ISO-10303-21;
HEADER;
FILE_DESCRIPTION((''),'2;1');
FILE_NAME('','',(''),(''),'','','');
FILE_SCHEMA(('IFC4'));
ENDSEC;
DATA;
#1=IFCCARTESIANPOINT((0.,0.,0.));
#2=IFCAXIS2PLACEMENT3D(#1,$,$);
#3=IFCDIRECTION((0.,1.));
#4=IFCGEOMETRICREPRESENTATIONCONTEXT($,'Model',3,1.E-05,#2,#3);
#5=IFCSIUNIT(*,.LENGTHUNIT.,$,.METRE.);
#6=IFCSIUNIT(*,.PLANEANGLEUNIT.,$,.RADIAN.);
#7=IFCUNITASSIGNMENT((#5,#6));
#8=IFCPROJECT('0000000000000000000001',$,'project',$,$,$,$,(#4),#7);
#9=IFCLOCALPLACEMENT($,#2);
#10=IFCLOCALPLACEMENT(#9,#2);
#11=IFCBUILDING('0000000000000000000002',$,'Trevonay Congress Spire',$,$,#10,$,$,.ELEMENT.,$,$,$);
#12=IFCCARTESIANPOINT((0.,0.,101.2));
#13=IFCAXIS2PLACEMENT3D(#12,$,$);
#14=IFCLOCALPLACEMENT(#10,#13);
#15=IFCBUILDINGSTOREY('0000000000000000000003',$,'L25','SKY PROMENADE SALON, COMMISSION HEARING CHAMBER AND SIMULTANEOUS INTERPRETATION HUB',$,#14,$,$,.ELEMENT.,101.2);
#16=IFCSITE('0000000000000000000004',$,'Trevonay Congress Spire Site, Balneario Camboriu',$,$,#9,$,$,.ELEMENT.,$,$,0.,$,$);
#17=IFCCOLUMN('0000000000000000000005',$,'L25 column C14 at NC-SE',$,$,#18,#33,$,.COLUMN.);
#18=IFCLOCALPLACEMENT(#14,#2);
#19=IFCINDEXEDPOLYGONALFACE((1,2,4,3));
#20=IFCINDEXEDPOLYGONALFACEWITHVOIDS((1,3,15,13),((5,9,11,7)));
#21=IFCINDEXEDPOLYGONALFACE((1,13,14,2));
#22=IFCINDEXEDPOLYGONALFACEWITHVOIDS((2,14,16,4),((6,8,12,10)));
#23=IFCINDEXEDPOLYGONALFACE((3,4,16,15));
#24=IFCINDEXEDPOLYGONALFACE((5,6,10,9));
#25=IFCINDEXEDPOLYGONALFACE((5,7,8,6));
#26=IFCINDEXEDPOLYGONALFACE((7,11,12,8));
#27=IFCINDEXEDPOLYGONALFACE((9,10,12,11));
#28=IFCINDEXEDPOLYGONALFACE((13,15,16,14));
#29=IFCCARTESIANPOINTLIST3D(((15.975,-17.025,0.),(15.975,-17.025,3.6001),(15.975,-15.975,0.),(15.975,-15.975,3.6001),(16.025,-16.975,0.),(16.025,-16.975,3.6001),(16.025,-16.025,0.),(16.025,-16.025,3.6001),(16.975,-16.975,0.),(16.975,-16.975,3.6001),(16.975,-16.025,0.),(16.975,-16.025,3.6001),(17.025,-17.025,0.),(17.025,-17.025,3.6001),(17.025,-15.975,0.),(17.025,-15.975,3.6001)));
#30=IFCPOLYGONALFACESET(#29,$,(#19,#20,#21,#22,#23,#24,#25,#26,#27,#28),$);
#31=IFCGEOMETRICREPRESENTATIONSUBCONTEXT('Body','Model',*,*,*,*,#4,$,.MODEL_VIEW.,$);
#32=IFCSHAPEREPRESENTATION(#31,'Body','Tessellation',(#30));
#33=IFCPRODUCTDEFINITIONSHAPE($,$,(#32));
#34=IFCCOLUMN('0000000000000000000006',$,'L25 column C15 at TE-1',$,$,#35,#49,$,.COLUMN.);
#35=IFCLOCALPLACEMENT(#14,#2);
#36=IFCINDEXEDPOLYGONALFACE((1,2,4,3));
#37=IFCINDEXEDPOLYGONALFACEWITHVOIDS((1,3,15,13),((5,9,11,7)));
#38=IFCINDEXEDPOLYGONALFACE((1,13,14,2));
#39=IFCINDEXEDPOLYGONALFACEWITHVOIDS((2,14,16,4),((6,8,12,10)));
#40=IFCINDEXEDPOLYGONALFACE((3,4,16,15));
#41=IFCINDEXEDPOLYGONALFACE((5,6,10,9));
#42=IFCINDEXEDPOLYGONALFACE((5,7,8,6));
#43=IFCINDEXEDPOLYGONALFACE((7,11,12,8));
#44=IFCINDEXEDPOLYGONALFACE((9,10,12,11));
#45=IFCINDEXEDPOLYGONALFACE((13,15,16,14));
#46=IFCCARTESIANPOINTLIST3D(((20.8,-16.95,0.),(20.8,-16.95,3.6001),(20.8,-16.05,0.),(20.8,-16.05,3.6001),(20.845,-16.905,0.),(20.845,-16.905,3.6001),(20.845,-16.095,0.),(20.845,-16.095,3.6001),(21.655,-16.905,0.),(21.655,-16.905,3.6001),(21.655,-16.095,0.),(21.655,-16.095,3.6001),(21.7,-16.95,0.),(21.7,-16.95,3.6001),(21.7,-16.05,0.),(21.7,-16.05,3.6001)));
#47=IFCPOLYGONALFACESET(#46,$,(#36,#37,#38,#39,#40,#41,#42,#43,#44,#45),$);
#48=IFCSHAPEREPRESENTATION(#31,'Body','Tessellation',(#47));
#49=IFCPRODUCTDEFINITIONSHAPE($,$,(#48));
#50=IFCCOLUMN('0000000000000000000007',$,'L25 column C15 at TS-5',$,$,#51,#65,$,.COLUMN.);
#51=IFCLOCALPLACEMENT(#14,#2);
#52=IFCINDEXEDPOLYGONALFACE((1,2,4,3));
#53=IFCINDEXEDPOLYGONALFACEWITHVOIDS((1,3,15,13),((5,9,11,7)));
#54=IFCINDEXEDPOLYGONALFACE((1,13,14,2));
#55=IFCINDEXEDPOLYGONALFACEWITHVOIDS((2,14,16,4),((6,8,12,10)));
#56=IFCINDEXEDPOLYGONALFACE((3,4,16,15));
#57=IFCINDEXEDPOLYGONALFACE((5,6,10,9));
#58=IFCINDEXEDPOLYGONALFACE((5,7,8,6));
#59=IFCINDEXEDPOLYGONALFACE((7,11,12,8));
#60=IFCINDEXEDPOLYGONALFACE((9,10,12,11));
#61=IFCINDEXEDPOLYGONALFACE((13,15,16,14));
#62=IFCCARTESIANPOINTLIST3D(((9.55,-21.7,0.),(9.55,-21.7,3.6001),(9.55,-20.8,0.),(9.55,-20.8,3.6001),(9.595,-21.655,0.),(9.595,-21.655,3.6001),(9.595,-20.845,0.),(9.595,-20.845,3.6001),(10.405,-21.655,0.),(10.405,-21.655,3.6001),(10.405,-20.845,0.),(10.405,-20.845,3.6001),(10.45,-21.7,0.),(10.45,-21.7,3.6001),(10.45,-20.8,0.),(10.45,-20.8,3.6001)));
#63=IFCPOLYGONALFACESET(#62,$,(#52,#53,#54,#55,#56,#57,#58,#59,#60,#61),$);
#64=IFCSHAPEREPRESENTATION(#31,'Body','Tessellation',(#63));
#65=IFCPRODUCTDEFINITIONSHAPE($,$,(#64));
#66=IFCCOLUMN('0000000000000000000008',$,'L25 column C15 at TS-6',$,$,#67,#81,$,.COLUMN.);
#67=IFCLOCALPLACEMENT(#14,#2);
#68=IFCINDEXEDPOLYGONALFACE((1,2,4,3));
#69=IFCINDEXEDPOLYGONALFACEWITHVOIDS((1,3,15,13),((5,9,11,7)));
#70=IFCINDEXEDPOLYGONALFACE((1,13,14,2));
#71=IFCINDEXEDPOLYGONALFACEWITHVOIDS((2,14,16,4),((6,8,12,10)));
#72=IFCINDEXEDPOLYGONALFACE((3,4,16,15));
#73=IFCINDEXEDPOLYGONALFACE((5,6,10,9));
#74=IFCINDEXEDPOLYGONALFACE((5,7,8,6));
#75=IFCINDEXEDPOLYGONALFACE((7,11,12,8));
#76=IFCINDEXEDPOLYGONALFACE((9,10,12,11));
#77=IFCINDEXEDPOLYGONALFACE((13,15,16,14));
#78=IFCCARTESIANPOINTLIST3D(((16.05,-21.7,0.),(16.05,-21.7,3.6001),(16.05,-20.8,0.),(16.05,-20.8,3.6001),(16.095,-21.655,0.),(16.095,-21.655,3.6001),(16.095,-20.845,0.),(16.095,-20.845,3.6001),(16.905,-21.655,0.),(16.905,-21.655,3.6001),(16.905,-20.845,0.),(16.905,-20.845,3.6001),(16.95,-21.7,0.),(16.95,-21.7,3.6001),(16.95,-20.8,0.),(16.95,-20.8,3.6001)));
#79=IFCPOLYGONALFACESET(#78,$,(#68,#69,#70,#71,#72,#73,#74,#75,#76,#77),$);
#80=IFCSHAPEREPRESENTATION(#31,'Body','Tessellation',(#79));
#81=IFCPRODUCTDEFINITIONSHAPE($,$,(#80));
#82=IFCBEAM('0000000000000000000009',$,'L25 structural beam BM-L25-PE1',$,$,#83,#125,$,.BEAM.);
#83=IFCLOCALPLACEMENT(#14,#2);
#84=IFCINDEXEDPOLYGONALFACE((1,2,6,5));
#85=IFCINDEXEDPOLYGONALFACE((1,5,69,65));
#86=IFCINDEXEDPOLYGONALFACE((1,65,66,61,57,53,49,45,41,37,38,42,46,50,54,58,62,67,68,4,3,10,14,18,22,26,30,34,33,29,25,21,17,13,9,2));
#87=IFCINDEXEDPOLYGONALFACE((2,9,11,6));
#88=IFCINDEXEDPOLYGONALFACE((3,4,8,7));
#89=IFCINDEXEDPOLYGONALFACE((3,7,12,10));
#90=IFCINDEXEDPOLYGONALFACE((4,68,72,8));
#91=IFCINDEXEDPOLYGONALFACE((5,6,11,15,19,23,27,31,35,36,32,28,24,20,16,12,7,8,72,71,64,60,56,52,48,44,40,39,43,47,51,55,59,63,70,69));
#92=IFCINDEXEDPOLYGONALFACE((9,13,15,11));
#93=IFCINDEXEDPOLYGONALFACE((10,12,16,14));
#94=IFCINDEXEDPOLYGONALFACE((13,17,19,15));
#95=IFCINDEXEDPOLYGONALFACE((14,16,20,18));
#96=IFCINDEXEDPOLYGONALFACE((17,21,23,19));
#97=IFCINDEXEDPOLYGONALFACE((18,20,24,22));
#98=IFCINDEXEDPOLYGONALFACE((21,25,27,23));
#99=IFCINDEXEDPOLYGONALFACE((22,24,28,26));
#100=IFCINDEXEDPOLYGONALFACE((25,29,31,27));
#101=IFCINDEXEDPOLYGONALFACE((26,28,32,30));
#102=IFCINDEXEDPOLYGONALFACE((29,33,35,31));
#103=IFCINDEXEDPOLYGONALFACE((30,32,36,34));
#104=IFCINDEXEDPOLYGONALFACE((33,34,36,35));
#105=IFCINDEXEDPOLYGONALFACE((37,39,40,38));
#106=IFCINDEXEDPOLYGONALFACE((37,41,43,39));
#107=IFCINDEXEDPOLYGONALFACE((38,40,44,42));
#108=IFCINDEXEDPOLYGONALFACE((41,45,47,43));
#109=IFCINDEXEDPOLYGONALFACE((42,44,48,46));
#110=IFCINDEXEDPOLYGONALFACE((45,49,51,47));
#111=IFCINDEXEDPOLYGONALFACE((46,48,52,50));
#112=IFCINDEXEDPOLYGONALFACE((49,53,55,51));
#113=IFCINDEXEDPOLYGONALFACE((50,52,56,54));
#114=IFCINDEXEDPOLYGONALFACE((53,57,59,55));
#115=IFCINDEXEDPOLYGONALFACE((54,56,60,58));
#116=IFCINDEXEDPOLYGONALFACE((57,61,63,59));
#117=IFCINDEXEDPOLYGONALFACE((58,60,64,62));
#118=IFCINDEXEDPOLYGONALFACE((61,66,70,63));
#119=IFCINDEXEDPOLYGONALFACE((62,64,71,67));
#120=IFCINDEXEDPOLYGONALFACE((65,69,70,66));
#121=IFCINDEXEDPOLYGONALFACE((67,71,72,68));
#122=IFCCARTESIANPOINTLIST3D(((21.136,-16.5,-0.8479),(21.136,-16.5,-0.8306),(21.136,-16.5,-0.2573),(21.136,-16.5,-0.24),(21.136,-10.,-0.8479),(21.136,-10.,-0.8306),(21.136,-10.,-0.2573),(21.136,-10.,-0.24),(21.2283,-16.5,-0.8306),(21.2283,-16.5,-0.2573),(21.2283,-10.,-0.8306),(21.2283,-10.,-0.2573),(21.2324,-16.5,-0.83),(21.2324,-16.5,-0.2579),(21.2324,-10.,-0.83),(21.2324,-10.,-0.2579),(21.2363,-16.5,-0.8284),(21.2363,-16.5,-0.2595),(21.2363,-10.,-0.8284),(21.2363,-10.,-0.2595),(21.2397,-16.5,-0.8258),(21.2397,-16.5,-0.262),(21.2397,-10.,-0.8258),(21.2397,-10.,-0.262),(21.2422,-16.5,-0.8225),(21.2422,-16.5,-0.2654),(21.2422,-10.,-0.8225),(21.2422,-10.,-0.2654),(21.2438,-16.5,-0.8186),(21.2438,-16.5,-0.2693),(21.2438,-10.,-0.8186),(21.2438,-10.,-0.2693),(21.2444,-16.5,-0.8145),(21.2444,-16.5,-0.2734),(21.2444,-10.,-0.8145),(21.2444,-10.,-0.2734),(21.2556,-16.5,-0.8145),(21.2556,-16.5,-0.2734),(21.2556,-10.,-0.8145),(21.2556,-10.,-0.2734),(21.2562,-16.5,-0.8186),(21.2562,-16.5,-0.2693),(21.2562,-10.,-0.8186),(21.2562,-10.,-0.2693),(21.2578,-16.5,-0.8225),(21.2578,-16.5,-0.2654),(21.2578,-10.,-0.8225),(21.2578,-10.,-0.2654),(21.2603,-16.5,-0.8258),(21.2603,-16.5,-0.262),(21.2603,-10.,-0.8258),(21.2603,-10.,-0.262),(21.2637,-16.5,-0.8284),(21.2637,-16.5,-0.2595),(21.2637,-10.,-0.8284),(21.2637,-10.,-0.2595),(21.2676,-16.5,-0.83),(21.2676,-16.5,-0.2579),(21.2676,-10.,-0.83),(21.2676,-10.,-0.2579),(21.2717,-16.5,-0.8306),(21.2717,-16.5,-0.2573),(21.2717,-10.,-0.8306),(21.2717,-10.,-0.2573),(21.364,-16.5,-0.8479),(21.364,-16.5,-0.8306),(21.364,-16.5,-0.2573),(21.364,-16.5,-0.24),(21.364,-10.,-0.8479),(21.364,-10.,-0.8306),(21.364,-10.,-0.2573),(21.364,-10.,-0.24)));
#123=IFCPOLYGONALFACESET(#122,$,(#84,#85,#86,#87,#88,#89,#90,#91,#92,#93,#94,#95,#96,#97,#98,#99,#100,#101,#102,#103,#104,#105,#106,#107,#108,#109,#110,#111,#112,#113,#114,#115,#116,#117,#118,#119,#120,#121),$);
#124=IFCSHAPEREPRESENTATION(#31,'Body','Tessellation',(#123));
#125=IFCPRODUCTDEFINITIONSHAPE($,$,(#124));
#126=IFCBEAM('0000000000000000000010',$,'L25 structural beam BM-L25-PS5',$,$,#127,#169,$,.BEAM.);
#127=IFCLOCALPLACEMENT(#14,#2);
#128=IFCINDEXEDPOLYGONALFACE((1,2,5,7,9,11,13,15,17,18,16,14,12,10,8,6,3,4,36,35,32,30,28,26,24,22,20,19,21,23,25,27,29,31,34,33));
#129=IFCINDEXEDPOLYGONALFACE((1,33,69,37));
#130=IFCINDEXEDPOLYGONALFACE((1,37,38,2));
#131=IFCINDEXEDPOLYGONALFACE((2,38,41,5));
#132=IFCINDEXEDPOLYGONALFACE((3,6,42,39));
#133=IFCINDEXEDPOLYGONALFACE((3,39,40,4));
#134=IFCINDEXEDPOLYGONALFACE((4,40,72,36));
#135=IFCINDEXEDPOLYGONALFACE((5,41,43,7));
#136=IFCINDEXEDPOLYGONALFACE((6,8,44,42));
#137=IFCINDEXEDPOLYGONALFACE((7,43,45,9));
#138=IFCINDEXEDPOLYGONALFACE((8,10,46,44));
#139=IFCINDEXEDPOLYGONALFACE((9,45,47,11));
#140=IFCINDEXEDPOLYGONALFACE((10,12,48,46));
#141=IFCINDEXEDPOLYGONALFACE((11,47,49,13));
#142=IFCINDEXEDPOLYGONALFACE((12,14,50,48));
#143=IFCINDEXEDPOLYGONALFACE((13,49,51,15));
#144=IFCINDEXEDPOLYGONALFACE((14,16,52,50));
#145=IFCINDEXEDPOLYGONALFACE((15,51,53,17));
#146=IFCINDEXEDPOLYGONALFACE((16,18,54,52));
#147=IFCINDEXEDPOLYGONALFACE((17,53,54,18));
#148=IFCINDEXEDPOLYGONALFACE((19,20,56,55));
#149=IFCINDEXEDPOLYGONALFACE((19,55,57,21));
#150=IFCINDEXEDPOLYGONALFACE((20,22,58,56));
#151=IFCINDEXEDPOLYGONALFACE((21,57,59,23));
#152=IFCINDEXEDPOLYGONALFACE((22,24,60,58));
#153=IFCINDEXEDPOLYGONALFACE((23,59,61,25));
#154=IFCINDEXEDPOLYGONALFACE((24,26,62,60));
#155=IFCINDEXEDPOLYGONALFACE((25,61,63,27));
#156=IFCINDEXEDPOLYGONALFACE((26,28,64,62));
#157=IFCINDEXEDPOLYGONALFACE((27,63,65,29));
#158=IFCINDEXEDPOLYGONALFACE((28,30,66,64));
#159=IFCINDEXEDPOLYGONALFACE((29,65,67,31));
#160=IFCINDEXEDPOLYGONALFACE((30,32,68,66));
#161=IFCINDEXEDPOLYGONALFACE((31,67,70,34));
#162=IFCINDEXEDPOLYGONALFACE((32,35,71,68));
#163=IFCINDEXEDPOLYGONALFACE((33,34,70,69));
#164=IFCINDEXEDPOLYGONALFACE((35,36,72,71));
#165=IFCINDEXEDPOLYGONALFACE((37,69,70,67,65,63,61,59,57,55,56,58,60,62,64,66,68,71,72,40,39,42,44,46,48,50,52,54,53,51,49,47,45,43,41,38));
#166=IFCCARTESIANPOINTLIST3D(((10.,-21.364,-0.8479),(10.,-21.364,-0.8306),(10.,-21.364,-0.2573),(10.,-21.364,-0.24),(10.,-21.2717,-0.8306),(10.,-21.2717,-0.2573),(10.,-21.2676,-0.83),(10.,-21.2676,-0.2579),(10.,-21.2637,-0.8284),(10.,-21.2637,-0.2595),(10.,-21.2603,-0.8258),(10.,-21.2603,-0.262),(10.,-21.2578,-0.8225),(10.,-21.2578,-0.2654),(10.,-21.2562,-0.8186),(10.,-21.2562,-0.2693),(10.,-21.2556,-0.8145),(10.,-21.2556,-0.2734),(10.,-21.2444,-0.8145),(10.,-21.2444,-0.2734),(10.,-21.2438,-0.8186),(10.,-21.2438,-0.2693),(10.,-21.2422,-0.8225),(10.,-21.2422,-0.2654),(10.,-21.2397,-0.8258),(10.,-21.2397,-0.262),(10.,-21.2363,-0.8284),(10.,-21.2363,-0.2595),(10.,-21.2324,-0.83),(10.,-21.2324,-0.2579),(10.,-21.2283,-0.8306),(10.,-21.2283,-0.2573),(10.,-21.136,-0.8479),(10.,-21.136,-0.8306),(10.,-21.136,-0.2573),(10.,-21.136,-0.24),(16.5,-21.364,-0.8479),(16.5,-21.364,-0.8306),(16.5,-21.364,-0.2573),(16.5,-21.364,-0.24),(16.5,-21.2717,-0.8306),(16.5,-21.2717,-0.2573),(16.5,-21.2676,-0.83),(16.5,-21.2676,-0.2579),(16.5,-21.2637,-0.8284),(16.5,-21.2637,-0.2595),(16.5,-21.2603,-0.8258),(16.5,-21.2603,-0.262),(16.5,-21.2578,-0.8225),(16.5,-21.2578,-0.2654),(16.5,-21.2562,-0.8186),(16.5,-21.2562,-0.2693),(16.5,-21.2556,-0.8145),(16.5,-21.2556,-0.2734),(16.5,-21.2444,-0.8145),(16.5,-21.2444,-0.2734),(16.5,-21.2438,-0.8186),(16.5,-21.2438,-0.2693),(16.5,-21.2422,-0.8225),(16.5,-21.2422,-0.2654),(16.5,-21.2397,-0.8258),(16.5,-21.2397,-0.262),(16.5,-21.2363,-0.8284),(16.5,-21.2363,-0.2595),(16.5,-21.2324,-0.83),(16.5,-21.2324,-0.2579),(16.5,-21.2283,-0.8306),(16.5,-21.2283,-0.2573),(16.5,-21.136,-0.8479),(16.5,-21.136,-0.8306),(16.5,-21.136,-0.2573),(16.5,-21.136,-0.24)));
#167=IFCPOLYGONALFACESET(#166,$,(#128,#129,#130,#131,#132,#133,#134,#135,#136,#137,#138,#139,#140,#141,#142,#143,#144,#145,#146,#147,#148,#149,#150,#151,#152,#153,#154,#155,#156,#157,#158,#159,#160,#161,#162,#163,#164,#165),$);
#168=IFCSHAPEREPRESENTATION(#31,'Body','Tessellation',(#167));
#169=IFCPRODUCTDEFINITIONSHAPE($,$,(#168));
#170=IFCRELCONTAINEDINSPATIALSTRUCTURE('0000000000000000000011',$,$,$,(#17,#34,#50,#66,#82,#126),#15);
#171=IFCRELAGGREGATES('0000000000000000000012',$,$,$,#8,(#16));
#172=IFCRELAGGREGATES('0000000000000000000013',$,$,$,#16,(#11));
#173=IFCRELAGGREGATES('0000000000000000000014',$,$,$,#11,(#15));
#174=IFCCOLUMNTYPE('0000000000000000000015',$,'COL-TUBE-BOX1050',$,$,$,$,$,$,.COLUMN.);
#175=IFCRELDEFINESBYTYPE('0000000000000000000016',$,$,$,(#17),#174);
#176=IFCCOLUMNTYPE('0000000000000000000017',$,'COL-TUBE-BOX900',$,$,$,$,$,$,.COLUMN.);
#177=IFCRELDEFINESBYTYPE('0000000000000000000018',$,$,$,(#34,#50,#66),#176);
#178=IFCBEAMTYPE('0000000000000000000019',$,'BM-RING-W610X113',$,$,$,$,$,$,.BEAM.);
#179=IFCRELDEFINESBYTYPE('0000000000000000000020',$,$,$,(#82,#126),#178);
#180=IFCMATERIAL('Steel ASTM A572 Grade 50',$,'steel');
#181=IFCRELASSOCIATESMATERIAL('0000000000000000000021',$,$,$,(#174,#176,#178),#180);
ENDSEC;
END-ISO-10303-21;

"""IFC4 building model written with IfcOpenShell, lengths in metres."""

from ifc_helpers import new_model, si_unit, direction, frame, origin, origin_2d, place, context, subcontext, project, spatial, hollow_rectangle, i_section, extrude, material, material_profile, profile_set, type_object, element, save


model = new_model("IFC4")

# Units and contexts
model_context = context("Model", 3, precision=1e-05, world=origin(), true_north=direction((0.0, 1.0)))
body_context = subcontext(model_context, "Body", "Model", "MODEL_VIEW")
ifc_project = project(units=[si_unit("LENGTHUNIT", "METRE"), si_unit("PLANEANGLEUNIT", "RADIAN")], contexts=[model_context])

# Site, building, storey
site_placement = place(None, origin())
site = spatial("IfcSite", under=ifc_project, at=site_placement, Name="Trevonay Congress Spire Site, Balneario Camboriu", CompositionType="ELEMENT", RefElevation=0.0)
building_placement = place(site_placement, origin())
building = spatial("IfcBuilding", under=site, at=building_placement, Name="Trevonay Congress Spire", CompositionType="ELEMENT")
storey_placement = place(building_placement, frame((0.0, 0.0, 101.2)))
storey = spatial("IfcBuildingStorey", under=building, at=storey_placement, Name="L25", Description="SKY PROMENADE SALON, COMMISSION HEARING CHAMBER AND SIMULTANEOUS INTERPRETATION HUB", CompositionType="ELEMENT", Elevation=101.2)

# Columns
ifc_material_1 = material(Name="Steel ASTM A572 Grade 50", Category="steel")
ifc_material_profile_1 = material_profile(ifc_material_1, hollow_rectangle(XDim=1.05, YDim=1.05, WallThickness=0.05, at=origin_2d()), Name="BOX 1050x1050x50")
ifc_profile_set_1 = profile_set([ifc_material_profile_1], Name="Steel ASTM A572 Grade 50")
column_type_1 = type_object("IfcColumnType", Name="COL-TUBE-BOX1050", PredefinedType="COLUMN", material=ifc_profile_set_1)
column_placement = place(storey_placement, frame((16.5, -16.5, 0.0), z_axis=(0.0, 0.0, 1.0), x_axis=(1.0, 0.0, 0.0)))
element("IfcColumn", 1, at=column_placement, inside=storey, type_object=column_type_1, Name="L25 column C14 at NC-SE", PredefinedType="COLUMN", context=body_context, shape_type="SweptSolid", body=[
    extrude(hollow_rectangle(XDim=1.05, YDim=1.05, WallThickness=0.05, at=origin_2d()), origin(), (0.0, 0.0, 1.0), 3.6001),
])
ifc_material_profile_2 = material_profile(ifc_material_1, hollow_rectangle(XDim=0.8999, YDim=0.8999, WallThickness=0.0449, at=origin_2d()), Name="BOX 900x900x45")
ifc_profile_set_2 = profile_set([ifc_material_profile_2], Name="Steel ASTM A572 Grade 50")
column_type_2 = type_object("IfcColumnType", Name="COL-TUBE-BOX900", PredefinedType="COLUMN", material=ifc_profile_set_2)
for number, where, z_axis, x_axis, name in (
    (2, (21.25, -16.5, 0.0), (0.0, 0.0, 1.0), (1.0, 0.0, 0.0), "L25 column C15 at TE-1"),
    (3, (10.0, -21.25, 0.0), (0.0, 0.0, 1.0), (1.0, 0.0, 0.0), "L25 column C15 at TS-5"),
    (4, (16.5, -21.25, 0.0), (0.0, 0.0, 1.0), (1.0, 0.0, 0.0), "L25 column C15 at TS-6"),
):
    element("IfcColumn", number, at=place(storey_placement, frame(where, z_axis=z_axis, x_axis=x_axis)), inside=storey, type_object=column_type_2, Name=name, PredefinedType="COLUMN", context=body_context, shape_type="SweptSolid", body=[
        extrude(hollow_rectangle(XDim=0.8999, YDim=0.8999, WallThickness=0.0449, at=origin_2d()), origin(), (0.0, 0.0, 1.0), 3.6001),
    ])

# Beams
ifc_material_profile_3 = material_profile(ifc_material_1, i_section(OverallWidth=0.228, OverallDepth=0.6079, WebThickness=0.0112, FlangeThickness=0.0173, FilletRadius=0.0161, at=origin_2d()), Name="W610x113")
ifc_profile_set_3 = profile_set([ifc_material_profile_3], Name="Steel ASTM A572 Grade 50")
beam_type_1 = type_object("IfcBeamType", Name="BM-RING-W610X113", PredefinedType="BEAM", material=ifc_profile_set_3)
for number, where, z_axis, x_axis, name in (
    (5, (21.25, -16.5, -0.5439), (0.0, 1.0, 0.0), (-1.0, 0.0, 0.0), "L25 structural beam BM-L25-PE1"),
    (6, (10.0, -21.25, -0.5439), (1.0, 0.0, 0.0), (0.0, 1.0, 0.0), "L25 structural beam BM-L25-PS5"),
):
    element("IfcBeam", number, at=place(storey_placement, frame(where, z_axis=z_axis, x_axis=x_axis)), inside=storey, type_object=beam_type_1, Name=name, PredefinedType="BEAM", context=body_context, shape_type="SweptSolid", body=[
        extrude(i_section(OverallWidth=0.228, OverallDepth=0.6079, WebThickness=0.0112, FlangeThickness=0.0173, FilletRadius=0.0161, at=origin_2d()), origin(), (0.0, 0.0, 1.0), 6.5),
    ])

save(model, "model.ifc")
